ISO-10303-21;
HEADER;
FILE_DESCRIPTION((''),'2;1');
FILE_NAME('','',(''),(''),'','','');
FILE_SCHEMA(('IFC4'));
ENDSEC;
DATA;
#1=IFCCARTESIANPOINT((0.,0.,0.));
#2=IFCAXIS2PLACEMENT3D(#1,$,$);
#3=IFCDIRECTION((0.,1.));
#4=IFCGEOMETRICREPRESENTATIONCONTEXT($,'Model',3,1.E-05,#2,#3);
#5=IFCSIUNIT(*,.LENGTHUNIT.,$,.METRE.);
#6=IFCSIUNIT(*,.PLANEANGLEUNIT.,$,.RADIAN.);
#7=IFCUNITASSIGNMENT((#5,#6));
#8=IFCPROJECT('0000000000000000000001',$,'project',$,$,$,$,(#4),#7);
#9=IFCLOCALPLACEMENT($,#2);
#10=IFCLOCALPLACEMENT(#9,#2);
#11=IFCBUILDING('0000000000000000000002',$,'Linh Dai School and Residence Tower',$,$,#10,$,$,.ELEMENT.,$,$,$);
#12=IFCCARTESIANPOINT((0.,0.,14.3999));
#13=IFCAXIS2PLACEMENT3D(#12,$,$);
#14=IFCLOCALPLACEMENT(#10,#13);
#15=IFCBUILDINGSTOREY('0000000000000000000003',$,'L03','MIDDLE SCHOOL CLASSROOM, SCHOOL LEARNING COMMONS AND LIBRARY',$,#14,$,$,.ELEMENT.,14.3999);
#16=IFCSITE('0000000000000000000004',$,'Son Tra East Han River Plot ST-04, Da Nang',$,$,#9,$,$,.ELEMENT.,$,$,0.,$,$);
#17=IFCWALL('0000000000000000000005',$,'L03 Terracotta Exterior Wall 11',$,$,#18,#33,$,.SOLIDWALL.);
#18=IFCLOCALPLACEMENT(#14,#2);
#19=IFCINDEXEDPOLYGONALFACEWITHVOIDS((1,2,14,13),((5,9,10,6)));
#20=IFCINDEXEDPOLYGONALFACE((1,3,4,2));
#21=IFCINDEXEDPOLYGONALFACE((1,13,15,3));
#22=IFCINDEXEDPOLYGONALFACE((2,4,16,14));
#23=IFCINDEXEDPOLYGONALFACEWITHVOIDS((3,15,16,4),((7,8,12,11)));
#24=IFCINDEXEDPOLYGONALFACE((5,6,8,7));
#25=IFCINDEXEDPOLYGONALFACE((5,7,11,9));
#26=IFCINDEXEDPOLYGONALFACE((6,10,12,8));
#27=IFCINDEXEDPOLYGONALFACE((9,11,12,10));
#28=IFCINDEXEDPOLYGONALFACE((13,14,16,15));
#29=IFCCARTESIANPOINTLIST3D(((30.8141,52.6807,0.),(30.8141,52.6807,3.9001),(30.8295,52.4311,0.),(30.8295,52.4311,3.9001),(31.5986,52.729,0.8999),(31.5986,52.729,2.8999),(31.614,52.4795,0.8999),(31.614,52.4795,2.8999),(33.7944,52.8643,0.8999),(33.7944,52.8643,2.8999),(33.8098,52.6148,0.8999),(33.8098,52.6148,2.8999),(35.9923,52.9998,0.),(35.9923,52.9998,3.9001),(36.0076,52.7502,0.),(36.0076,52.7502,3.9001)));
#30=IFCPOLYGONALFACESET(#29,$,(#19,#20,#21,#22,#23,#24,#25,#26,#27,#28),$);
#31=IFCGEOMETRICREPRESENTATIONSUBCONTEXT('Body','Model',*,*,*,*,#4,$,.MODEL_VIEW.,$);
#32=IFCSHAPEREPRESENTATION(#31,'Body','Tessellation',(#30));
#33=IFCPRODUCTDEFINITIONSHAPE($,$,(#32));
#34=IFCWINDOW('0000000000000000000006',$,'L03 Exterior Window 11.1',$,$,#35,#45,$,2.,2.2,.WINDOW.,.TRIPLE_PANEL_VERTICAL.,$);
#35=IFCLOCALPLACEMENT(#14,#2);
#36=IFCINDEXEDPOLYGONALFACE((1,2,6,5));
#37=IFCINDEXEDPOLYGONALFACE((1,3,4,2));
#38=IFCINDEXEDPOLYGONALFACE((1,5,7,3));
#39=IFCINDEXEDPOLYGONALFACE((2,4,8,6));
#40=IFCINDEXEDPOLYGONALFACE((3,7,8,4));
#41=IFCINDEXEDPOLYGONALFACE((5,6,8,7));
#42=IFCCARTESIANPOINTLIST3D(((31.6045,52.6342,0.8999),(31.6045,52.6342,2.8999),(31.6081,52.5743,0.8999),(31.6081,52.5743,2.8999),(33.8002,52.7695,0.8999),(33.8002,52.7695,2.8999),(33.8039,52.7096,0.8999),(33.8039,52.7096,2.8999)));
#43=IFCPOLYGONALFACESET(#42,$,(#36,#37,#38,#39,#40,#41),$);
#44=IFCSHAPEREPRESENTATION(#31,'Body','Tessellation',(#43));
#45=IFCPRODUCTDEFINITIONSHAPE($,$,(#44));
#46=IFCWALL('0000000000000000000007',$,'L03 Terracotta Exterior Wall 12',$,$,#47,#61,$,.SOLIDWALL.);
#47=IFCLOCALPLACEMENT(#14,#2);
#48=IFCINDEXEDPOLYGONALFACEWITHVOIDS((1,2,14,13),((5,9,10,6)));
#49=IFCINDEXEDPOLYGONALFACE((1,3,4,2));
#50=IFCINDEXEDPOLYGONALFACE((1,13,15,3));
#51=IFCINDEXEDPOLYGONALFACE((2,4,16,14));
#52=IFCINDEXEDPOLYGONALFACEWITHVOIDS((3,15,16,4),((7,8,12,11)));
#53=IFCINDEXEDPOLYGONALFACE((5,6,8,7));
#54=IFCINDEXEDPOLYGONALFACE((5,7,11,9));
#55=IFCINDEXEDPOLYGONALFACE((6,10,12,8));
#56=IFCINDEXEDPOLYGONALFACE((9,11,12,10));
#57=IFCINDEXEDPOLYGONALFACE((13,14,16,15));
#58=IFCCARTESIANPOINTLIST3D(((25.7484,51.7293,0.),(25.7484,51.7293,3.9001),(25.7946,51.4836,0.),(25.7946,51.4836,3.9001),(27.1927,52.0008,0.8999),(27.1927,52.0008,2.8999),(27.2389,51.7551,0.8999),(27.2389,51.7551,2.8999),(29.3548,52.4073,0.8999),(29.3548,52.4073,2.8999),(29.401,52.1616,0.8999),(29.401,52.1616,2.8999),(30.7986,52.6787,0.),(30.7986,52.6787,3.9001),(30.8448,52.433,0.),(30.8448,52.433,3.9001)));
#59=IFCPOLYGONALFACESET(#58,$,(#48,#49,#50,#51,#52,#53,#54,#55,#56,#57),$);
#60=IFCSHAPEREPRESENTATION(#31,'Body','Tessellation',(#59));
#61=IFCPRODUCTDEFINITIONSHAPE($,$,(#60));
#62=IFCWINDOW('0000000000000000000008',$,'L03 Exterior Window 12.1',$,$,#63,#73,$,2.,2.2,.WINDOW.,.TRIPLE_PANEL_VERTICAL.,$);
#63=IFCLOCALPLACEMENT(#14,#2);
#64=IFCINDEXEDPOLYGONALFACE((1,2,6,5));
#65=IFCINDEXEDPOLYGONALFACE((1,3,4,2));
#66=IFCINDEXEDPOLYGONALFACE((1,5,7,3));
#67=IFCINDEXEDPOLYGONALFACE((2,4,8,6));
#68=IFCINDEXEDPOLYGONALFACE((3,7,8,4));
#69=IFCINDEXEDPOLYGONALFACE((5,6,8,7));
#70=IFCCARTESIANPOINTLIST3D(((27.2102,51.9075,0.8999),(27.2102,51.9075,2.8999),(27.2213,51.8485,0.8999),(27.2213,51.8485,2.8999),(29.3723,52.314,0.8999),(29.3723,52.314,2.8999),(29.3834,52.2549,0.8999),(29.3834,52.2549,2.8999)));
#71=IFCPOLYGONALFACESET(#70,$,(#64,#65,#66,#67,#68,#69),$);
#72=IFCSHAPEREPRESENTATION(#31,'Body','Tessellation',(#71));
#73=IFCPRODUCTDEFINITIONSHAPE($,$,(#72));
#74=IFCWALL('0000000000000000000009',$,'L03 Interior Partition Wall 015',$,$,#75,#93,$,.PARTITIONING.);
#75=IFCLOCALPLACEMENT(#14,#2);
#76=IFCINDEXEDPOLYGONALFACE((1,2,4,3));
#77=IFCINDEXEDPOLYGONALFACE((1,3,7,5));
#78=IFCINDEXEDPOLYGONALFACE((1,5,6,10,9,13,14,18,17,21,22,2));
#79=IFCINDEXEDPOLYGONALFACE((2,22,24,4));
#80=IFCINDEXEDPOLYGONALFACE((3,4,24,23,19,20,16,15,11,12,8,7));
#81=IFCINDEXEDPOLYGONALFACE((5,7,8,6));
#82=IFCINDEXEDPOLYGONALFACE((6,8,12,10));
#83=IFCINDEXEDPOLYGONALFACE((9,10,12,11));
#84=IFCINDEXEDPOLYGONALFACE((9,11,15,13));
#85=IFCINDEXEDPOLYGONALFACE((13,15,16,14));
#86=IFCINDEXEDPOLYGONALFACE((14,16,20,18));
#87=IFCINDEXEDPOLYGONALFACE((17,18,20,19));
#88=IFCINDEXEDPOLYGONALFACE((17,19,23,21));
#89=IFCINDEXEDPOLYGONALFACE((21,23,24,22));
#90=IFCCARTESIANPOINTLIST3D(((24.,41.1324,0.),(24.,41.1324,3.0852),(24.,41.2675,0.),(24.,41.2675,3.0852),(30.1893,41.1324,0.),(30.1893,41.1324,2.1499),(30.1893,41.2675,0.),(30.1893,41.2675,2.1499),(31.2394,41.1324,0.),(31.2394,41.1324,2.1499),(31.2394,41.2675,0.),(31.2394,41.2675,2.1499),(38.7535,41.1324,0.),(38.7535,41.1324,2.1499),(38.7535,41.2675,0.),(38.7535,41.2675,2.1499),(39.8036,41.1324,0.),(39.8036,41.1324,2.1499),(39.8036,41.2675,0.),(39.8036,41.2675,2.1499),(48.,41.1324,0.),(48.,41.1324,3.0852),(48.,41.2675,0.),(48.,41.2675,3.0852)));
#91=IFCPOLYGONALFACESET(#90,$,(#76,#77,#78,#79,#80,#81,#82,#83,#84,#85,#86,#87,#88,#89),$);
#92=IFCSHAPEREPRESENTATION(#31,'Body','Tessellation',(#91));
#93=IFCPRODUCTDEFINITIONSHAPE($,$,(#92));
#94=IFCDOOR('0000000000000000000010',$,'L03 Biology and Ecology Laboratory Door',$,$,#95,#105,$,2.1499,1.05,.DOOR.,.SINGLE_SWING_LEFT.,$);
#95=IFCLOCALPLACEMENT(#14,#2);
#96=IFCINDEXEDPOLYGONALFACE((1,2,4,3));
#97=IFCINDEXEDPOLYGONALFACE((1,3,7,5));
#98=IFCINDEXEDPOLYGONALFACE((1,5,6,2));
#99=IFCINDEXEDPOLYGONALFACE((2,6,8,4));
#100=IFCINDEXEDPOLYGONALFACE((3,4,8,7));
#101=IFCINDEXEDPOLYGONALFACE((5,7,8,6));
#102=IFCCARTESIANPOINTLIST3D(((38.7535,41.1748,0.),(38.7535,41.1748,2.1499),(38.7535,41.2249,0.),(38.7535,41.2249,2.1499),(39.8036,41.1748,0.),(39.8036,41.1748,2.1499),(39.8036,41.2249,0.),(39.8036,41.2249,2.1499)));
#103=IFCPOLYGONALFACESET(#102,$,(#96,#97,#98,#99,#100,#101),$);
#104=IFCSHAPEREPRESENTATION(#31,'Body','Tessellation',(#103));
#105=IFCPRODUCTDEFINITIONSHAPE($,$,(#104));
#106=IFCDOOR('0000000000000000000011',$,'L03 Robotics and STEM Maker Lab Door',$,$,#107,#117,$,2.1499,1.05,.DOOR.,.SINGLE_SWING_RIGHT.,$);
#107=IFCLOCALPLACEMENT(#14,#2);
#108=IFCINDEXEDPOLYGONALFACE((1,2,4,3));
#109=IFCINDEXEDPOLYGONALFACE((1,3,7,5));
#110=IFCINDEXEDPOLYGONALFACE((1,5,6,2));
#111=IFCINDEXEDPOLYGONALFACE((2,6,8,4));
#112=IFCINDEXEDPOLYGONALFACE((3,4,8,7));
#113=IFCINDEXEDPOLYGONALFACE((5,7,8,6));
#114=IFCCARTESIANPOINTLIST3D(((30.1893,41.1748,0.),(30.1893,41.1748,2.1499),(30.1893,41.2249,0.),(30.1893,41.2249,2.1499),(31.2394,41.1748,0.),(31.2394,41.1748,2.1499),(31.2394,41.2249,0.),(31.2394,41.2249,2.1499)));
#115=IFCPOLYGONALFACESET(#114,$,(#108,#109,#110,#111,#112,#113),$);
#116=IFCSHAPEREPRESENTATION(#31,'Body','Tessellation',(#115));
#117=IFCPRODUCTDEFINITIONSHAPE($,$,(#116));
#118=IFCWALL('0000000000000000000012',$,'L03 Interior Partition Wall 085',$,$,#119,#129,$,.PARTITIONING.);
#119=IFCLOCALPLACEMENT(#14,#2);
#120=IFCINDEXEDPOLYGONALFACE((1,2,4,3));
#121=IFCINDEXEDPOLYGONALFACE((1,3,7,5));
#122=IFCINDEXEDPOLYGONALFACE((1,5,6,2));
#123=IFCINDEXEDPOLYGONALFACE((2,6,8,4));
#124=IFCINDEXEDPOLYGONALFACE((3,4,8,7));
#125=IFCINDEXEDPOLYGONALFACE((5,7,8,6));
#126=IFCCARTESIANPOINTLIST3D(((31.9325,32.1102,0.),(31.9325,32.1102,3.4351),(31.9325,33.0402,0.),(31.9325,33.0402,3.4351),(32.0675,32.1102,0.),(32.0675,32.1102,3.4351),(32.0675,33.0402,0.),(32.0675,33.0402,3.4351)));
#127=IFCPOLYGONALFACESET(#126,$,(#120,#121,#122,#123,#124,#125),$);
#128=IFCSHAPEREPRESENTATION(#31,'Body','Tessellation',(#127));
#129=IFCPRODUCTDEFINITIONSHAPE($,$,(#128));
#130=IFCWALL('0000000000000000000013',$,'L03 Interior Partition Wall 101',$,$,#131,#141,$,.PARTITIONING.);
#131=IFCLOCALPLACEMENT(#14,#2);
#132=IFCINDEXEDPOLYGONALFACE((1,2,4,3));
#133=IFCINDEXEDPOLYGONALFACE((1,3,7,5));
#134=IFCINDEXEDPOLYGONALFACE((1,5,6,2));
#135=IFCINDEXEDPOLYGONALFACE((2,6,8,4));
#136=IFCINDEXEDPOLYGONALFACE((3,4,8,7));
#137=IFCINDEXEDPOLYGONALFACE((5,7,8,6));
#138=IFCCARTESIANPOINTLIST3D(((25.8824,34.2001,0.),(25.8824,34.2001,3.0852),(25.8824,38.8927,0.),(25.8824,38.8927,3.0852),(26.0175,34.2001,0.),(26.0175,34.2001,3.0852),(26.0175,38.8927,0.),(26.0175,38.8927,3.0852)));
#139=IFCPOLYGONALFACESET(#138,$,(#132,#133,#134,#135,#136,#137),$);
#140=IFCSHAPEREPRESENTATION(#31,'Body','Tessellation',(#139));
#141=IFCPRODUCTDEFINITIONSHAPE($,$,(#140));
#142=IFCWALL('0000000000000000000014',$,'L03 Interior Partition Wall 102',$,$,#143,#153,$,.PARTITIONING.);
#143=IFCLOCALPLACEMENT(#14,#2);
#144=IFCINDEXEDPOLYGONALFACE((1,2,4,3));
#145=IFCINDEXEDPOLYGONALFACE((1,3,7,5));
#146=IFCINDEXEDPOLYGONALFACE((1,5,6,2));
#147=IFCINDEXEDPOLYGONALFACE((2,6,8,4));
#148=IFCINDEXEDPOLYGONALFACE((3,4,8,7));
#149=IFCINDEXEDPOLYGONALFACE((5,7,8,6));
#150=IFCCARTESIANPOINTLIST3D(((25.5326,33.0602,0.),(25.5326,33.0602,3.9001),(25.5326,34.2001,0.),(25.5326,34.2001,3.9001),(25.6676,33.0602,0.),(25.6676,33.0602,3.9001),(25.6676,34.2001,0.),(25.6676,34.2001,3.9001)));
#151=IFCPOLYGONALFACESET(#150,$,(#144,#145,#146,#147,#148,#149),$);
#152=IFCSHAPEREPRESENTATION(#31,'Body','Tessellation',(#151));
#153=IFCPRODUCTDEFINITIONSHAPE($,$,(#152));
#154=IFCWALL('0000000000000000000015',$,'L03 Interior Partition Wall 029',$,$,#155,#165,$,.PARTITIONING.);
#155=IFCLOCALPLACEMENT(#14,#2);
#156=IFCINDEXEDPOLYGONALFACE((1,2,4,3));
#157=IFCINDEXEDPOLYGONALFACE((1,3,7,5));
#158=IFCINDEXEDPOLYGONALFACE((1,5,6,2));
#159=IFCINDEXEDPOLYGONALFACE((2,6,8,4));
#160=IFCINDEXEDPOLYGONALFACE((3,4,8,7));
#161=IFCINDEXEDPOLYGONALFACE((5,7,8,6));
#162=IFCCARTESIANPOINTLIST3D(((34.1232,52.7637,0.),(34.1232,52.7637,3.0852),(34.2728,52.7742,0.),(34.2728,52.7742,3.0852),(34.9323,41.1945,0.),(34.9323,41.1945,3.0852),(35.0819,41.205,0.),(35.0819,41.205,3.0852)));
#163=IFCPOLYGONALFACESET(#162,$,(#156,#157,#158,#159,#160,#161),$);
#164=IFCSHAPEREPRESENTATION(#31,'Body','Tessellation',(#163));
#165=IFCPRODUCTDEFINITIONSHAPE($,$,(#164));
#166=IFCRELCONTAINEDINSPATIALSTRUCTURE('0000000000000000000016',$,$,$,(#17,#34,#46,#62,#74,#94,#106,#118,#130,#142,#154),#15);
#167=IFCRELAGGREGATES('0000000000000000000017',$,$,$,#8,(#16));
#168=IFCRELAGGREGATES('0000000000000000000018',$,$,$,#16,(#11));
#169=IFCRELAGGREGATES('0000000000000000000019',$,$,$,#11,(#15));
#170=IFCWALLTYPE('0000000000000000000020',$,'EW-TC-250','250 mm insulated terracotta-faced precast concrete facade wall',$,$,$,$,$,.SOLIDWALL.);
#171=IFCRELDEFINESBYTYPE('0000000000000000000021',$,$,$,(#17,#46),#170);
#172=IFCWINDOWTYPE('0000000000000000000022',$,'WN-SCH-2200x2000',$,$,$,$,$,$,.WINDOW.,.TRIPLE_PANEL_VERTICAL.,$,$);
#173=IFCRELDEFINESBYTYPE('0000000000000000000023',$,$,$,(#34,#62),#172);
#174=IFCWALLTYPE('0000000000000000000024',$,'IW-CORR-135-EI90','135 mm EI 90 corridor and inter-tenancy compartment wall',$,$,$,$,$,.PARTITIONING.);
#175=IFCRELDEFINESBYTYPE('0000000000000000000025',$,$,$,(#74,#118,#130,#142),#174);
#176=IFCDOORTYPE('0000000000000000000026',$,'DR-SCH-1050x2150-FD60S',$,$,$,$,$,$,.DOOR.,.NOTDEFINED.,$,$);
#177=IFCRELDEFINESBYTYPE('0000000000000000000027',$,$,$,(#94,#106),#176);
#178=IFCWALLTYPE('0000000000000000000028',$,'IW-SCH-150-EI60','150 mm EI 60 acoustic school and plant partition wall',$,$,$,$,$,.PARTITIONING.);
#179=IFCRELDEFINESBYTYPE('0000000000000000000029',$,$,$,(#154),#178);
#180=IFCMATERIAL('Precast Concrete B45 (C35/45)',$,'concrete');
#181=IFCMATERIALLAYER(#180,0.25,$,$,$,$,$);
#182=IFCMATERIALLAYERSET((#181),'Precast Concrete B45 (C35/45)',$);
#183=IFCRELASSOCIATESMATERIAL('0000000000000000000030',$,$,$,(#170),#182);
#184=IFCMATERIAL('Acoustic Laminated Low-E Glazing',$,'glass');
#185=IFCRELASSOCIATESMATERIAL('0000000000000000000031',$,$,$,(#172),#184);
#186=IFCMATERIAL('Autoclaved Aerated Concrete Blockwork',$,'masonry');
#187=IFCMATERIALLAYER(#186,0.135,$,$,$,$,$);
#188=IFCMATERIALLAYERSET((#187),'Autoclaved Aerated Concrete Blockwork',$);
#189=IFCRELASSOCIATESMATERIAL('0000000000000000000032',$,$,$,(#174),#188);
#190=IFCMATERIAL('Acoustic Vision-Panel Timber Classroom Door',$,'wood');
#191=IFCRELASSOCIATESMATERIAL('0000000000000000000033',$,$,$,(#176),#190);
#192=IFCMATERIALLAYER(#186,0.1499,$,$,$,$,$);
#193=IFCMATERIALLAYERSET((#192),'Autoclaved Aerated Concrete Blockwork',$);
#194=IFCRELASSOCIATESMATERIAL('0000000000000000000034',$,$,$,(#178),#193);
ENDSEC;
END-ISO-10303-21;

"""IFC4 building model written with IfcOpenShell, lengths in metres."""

from ifc_helpers import new_model, si_unit, direction, frame, frame_2d, origin, origin_2d, place, context, subcontext, project, spatial, rectangle, extrude, source, transform, mapped, material, layer, layer_set, type_object, element, fill, save


model = new_model("IFC4")

# Units and contexts
model_context = context("Model", 3, precision=1e-05, world=origin(), true_north=direction((0.0, 1.0)))
body_context = subcontext(model_context, "Body", "Model", "MODEL_VIEW")
ifc_project = project(units=[si_unit("LENGTHUNIT", "METRE"), si_unit("PLANEANGLEUNIT", "RADIAN")], contexts=[model_context])

# Site, building, storey
site_placement = place(None, origin())
site = spatial("IfcSite", under=ifc_project, at=site_placement, Name="Son Tra East Han River Plot ST-04, Da Nang", CompositionType="ELEMENT", RefElevation=0.0)
building_placement = place(site_placement, origin())
building = spatial("IfcBuilding", under=site, at=building_placement, Name="Linh Dai School and Residence Tower", CompositionType="ELEMENT")
storey_placement = place(building_placement, frame((0.0, 0.0, 14.3999)))
storey = spatial("IfcBuildingStorey", under=building, at=storey_placement, Name="L03", Description="MIDDLE SCHOOL CLASSROOM, SCHOOL LEARNING COMMONS AND LIBRARY", CompositionType="ELEMENT", Elevation=14.3999)

# Walls, openings, windows
ifc_material_1 = material(Name="Precast Concrete B45 (C35/45)", Category="concrete")
ifc_layer_1 = layer(ifc_material_1, 0.25)
ifc_layer_set_1 = layer_set([ifc_layer_1], Name="Precast Concrete B45 (C35/45)")
wall_type_1 = type_object("IfcWallType", Name="EW-TC-250", Description="250 mm insulated terracotta-faced precast concrete facade wall", PredefinedType="SOLIDWALL", material=ifc_layer_set_1)
wall_1_placement = place(storey_placement, frame((30.8218, 52.5559, 0.0), z_axis=(0.0, 0.0, 1.0), x_axis=(0.998107, 0.061505, 0.0)))
wall_1 = element("IfcWall", 1, at=wall_1_placement, inside=storey, type_object=wall_type_1, Name="L03 Terracotta Exterior Wall 11", PredefinedType="SOLIDWALL", context=body_context, shape_type="SweptSolid", body=[
    extrude(rectangle(XDim=5.188, YDim=0.25, at=frame_2d((2.594, 0.0))), origin(), (0.0, 0.0, 1.0), 3.9001),
])
opening_1_placement = place(wall_1_placement, frame((0.7859, 0.0, 0.8999)))
opening_1 = element("IfcOpeningElement", 2, at=opening_1_placement, cuts=wall_1, PredefinedType="OPENING", context=body_context, shape_type="SweptSolid", body=[
    extrude(rectangle(XDim=2.2, YDim=2.0, at=origin_2d()), frame((1.1001, 0.135, 1.0), z_axis=(0.0, -1.0, 0.0), x_axis=(1.0, 0.0, 0.0)), (0.0, 0.0, 1.0), 0.27),
])
ifc_material_2 = material(Name="Acoustic Laminated Low-E Glazing", Category="glass")
window_type = type_object("IfcWindowType", Name="WN-SCH-2200x2000", PartitioningType="TRIPLE_PANEL_VERTICAL", PredefinedType="WINDOW", material=ifc_material_2)
shared_shape_1 = source(origin(), body_context, "Body", "SweptSolid", [
    extrude(rectangle(XDim=2.2, YDim=2.0, at=origin_2d()), frame((1.1001, 0.03, 1.0), z_axis=(0.0, -1.0, 0.0), x_axis=(1.0, 0.0, 0.0)), (0.0, 0.0, 1.0), 0.0601),
])
window_1_placement = place(opening_1_placement, origin())
window_1 = element("IfcWindow", 3, at=window_1_placement, inside=storey, type_object=window_type, Name="L03 Exterior Window 11.1", OverallHeight=2.0, OverallWidth=2.2, PartitioningType="TRIPLE_PANEL_VERTICAL", PredefinedType="WINDOW", context=body_context, shape_type="MappedRepresentation", body=[
    mapped(shared_shape_1, transform((0.0, 0.0, 0.0), x_axis=(1.0, 0.0, 0.0), y_axis=(0.0, 1.0, 0.0), z_axis=(0.0, 0.0, 1.0), scale=1.0)),
])
fill(opening_1, window_1)
wall_2_placement = place(storey_placement, frame((25.7715, 51.6064, 0.0), z_axis=(0.0, 0.0, 1.0), x_axis=(0.982783, 0.184765, 0.0)))
wall_2 = element("IfcWall", 4, at=wall_2_placement, inside=storey, type_object=wall_type_1, Name="L03 Terracotta Exterior Wall 12", PredefinedType="SOLIDWALL", context=body_context, shape_type="SweptSolid", body=[
    extrude(rectangle(XDim=5.1387, YDim=0.25, at=frame_2d((2.5693, 0.0))), origin(), (0.0, 0.0, 1.0), 3.9001),
])
opening_2_placement = place(wall_2_placement, frame((1.4695, 0.0, 0.8999)))
opening_2 = element("IfcOpeningElement", 5, at=opening_2_placement, cuts=wall_2, PredefinedType="OPENING", context=body_context, shape_type="SweptSolid", body=[
    extrude(rectangle(XDim=2.2, YDim=2.0, at=origin_2d()), frame((1.1001, 0.135, 1.0), z_axis=(0.0, -1.0, 0.0), x_axis=(1.0, 0.0, 0.0)), (0.0, 0.0, 1.0), 0.27),
])
window_2_placement = place(opening_2_placement, origin())
window_2 = element("IfcWindow", 6, at=window_2_placement, inside=storey, type_object=window_type, Name="L03 Exterior Window 12.1", OverallHeight=2.0, OverallWidth=2.2, PartitioningType="TRIPLE_PANEL_VERTICAL", PredefinedType="WINDOW", context=body_context, shape_type="MappedRepresentation", body=[
    mapped(shared_shape_1, transform((0.0, 0.0, 0.0), x_axis=(1.0, 0.0, 0.0), y_axis=(0.0, 1.0, 0.0), z_axis=(0.0, 0.0, 1.0), scale=1.0)),
])
fill(opening_2, window_2)

# Wall, openings, doors
ifc_material_3 = material(Name="Autoclaved Aerated Concrete Blockwork", Category="masonry")
ifc_layer_2 = layer(ifc_material_3, 0.135)
ifc_layer_set_2 = layer_set([ifc_layer_2], Name="Autoclaved Aerated Concrete Blockwork")
wall_type_2 = type_object("IfcWallType", Name="IW-CORR-135-EI90", Description="135 mm EI 90 corridor and inter-tenancy compartment wall", PredefinedType="PARTITIONING", material=ifc_layer_set_2)
ifc_material_4 = material(Name="Acoustic Vision-Panel Timber Classroom Door", Category="wood")
door_type = type_object("IfcDoorType", Name="DR-SCH-1050x2150-FD60S", OperationType="NOTDEFINED", PredefinedType="DOOR", material=ifc_material_4)
shared_shape_2 = source(origin(), body_context, "Body", "SweptSolid", [
    extrude(rectangle(XDim=1.05, YDim=2.1499, at=origin_2d()), frame((0.5249, 0.0249, 1.075), z_axis=(0.0, -1.0, 0.0), x_axis=(1.0, 0.0, 0.0)), (0.0, 0.0, 1.0), 0.05),
])
wall_3_placement = place(storey_placement, frame((24.0, 41.2, 0.0), z_axis=(0.0, 0.0, 1.0), x_axis=(1.0, 0.0, 0.0)))
wall_3 = element("IfcWall", 7, at=wall_3_placement, inside=storey, type_object=wall_type_2, Name="L03 Interior Partition Wall 015", PredefinedType="PARTITIONING", context=body_context, shape_type="SweptSolid", body=[
    extrude(rectangle(XDim=24.0, YDim=0.135, at=frame_2d((12.0, 0.0))), origin(), (0.0, 0.0, 1.0), 3.0852),
])
opening_3_placement = place(wall_3_placement, frame((14.7537, 0.0, 0.0)))
opening_3 = element("IfcOpeningElement", 8, at=opening_3_placement, cuts=wall_3, PredefinedType="OPENING", context=body_context, shape_type="SweptSolid", body=[
    extrude(rectangle(XDim=1.05, YDim=2.1499, at=origin_2d()), frame((0.5249, 0.0776, 1.075), z_axis=(0.0, -1.0, 0.0), x_axis=(1.0, 0.0, 0.0)), (0.0, 0.0, 1.0), 0.155),
])
opening_4_placement = place(wall_3_placement, frame((6.1895, 0.0, 0.0)))
opening_4 = element("IfcOpeningElement", 9, at=opening_4_placement, cuts=wall_3, PredefinedType="OPENING", context=body_context, shape_type="SweptSolid", body=[
    extrude(rectangle(XDim=1.05, YDim=2.1499, at=origin_2d()), frame((0.5249, 0.0776, 1.075), z_axis=(0.0, -1.0, 0.0), x_axis=(1.0, 0.0, 0.0)), (0.0, 0.0, 1.0), 0.155),
])
door_1_placement = place(opening_3_placement, origin())
door_1 = element("IfcDoor", 10, at=door_1_placement, inside=storey, type_object=door_type, Name="L03 Biology and Ecology Laboratory Door", OperationType="SINGLE_SWING_LEFT", OverallHeight=2.1499, OverallWidth=1.05, PredefinedType="DOOR", context=body_context, shape_type="MappedRepresentation", body=[
    mapped(shared_shape_2, transform((0.0, 0.0, 0.0), x_axis=(1.0, 0.0, 0.0), y_axis=(0.0, 1.0, 0.0), z_axis=(0.0, 0.0, 1.0), scale=1.0)),
])
fill(opening_3, door_1)
door_2_placement = place(opening_4_placement, origin())
door_2 = element("IfcDoor", 11, at=door_2_placement, inside=storey, type_object=door_type, Name="L03 Robotics and STEM Maker Lab Door", OperationType="SINGLE_SWING_RIGHT", OverallHeight=2.1499, OverallWidth=1.05, PredefinedType="DOOR", context=body_context, shape_type="MappedRepresentation", body=[
    mapped(shared_shape_2, transform((0.0, 0.0, 0.0), x_axis=(1.0, 0.0, 0.0), y_axis=(0.0, 1.0, 0.0), z_axis=(0.0, 0.0, 1.0), scale=1.0)),
])
fill(opening_4, door_2)

# Walls
wall_4_placement = place(storey_placement, frame((32.0, 33.04, 0.0), z_axis=(0.0, 0.0, 1.0), x_axis=(0.0, -1.0, 0.0)))
element("IfcWall", 12, at=wall_4_placement, inside=storey, type_object=wall_type_2, Name="L03 Interior Partition Wall 085", PredefinedType="PARTITIONING", context=body_context, shape_type="SweptSolid", body=[
    extrude(rectangle(XDim=0.9299, YDim=0.135, at=frame_2d((0.4648, 0.0))), origin(), (0.0, 0.0, 1.0), 3.4351),
])
wall_5_placement = place(storey_placement, frame((25.95, 38.8926, 0.0), z_axis=(0.0, 0.0, 1.0), x_axis=(0.0, -1.0, 0.0)))
element("IfcWall", 13, at=wall_5_placement, inside=storey, type_object=wall_type_2, Name="L03 Interior Partition Wall 101", PredefinedType="PARTITIONING", context=body_context, shape_type="SweptSolid", body=[
    extrude(rectangle(XDim=4.6926, YDim=0.135, at=frame_2d((2.3462, 0.0))), origin(), (0.0, 0.0, 1.0), 3.0852),
])
wall_6_placement = place(storey_placement, frame((25.6001, 34.2, 0.0), z_axis=(0.0, 0.0, 1.0), x_axis=(0.0, -1.0, 0.0)))
element("IfcWall", 14, at=wall_6_placement, inside=storey, type_object=wall_type_2, Name="L03 Interior Partition Wall 102", PredefinedType="PARTITIONING", context=body_context, shape_type="SweptSolid", body=[
    extrude(rectangle(XDim=1.1399, YDim=0.135, at=frame_2d((0.5698, 0.0))), origin(), (0.0, 0.0, 1.0), 3.9001),
])
ifc_layer_3 = layer(ifc_material_3, 0.1499)
ifc_layer_set_3 = layer_set([ifc_layer_3], Name="Autoclaved Aerated Concrete Blockwork")
wall_type_3 = type_object("IfcWallType", Name="IW-SCH-150-EI60", Description="150 mm EI 60 acoustic school and plant partition wall", PredefinedType="PARTITIONING", material=ifc_layer_set_3)
wall_7_placement = place(storey_placement, frame((34.198, 52.769, 0.0), z_axis=(0.0, 0.0, 1.0), x_axis=(0.069764, -0.997563, 0.0)))
element("IfcWall", 15, at=wall_7_placement, inside=storey, type_object=wall_type_3, Name="L03 Interior Partition Wall 029", PredefinedType="PARTITIONING", context=body_context, shape_type="SweptSolid", body=[
    extrude(rectangle(XDim=11.5974, YDim=0.1499, at=frame_2d((5.7988, 0.0))), origin(), (0.0, 0.0, 1.0), 3.0852),
])

save(model, "model.ifc")
